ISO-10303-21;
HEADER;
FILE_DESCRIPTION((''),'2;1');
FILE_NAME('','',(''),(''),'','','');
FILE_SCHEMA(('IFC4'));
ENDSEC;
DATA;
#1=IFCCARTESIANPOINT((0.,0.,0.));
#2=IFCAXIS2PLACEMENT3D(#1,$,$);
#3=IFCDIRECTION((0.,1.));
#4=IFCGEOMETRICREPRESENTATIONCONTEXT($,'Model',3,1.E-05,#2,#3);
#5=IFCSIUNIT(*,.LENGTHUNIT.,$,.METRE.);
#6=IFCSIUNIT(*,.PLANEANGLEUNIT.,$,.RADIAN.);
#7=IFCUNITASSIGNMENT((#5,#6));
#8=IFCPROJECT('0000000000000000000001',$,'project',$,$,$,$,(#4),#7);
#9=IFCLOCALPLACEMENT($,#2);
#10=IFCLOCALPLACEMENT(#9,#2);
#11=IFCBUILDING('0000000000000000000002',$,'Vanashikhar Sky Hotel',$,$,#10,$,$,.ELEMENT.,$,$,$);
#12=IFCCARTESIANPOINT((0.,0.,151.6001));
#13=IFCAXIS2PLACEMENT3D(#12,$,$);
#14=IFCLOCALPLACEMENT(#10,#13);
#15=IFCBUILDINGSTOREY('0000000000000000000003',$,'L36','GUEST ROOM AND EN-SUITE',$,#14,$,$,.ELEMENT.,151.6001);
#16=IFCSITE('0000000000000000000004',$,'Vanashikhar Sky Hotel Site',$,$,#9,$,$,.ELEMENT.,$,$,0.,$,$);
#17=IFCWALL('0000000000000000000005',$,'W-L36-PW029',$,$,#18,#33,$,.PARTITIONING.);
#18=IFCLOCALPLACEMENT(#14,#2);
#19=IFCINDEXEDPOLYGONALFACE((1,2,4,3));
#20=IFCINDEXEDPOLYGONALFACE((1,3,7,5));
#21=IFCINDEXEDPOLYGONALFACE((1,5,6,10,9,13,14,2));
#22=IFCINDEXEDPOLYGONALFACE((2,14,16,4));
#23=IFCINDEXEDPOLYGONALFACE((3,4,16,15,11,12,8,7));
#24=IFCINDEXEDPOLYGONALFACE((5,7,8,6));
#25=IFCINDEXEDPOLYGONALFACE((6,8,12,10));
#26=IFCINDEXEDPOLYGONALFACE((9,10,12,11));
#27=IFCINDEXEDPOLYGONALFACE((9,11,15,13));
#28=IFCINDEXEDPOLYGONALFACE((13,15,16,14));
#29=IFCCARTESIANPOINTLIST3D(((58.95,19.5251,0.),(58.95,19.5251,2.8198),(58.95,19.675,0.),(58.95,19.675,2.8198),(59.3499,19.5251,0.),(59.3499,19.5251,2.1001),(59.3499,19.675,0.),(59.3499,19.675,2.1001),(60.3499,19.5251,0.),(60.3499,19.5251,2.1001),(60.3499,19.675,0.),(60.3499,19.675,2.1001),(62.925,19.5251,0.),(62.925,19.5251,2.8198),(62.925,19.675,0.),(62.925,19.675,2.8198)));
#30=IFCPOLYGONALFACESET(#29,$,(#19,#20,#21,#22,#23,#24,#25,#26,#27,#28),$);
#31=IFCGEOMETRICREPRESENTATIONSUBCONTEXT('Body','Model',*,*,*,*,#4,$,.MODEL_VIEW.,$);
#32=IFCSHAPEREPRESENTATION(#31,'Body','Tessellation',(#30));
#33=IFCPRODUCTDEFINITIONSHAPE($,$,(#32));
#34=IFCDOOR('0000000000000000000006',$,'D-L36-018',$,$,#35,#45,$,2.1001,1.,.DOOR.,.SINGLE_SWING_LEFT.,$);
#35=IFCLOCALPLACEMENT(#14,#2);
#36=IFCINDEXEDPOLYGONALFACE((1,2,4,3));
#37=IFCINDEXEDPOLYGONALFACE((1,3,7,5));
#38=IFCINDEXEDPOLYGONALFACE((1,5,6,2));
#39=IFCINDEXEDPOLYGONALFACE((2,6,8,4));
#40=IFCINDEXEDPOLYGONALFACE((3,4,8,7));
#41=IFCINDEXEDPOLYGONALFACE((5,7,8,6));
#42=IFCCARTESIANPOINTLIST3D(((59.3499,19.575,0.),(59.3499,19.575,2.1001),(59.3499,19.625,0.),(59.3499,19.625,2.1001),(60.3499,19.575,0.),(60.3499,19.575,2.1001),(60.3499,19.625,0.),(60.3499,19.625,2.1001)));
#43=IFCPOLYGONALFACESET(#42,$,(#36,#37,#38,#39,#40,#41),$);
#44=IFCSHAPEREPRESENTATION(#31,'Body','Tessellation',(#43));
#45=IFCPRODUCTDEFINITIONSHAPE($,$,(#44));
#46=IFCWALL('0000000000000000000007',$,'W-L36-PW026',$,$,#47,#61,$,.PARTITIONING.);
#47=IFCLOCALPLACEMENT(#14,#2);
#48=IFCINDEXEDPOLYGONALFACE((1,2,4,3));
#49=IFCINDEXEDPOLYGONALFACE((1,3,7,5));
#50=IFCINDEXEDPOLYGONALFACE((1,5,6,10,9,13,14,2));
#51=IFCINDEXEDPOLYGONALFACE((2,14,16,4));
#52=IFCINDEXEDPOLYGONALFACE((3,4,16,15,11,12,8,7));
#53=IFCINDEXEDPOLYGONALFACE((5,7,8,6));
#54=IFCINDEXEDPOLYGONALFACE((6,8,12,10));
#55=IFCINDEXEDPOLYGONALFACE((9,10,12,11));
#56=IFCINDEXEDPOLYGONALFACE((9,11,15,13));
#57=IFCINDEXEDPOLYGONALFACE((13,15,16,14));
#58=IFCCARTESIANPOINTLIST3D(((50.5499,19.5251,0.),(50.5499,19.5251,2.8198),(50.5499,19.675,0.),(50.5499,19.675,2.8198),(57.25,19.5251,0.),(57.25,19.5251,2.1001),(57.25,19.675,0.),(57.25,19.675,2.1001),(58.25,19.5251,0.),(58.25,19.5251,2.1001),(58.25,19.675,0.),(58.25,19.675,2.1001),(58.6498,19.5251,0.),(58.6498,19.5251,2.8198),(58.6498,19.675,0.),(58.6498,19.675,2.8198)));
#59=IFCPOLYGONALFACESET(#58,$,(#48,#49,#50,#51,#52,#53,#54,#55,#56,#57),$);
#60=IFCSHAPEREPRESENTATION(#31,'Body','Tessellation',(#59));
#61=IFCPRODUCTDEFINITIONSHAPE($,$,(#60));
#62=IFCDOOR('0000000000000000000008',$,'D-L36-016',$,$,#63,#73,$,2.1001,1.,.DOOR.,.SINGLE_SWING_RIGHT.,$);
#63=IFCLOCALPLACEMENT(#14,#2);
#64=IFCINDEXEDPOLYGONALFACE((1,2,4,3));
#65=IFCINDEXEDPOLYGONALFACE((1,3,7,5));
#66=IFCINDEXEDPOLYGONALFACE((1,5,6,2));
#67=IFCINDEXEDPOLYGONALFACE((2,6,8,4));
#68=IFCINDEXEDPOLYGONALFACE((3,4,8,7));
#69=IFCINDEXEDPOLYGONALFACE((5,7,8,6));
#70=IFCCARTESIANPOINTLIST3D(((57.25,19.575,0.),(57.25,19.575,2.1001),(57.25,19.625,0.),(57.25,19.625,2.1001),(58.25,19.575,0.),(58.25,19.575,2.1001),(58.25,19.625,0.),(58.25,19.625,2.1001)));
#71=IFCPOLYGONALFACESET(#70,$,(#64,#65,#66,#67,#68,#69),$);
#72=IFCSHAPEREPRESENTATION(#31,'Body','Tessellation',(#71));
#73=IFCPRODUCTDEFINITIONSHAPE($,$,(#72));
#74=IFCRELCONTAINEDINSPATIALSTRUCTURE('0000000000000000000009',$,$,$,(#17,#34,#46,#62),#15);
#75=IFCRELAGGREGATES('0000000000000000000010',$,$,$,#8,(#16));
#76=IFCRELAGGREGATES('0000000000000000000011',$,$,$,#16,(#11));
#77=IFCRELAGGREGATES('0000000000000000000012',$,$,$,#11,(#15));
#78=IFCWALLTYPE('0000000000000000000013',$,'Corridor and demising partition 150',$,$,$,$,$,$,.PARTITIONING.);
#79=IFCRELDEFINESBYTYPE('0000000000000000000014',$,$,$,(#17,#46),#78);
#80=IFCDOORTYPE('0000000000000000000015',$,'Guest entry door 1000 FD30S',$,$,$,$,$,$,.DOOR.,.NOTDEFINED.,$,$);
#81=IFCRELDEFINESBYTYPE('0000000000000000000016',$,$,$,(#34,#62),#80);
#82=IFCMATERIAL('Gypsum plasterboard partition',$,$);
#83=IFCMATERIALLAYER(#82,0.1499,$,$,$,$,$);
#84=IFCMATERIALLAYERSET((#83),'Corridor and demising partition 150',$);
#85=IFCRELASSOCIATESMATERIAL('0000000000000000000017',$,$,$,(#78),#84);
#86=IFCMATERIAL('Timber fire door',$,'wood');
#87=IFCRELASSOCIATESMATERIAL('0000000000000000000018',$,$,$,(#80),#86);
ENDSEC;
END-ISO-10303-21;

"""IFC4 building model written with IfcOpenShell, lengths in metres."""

from ifc_helpers import new_model, si_unit, direction, frame, frame_2d, origin, place, context, subcontext, project, spatial, rectangle, extrude, source, transform, mapped, material, layer, layer_set, type_object, element, fill, save


model = new_model("IFC4")

# Units and contexts
model_context = context("Model", 3, precision=1e-05, world=origin(), true_north=direction((0.0, 1.0)))
body_context = subcontext(model_context, "Body", "Model", "MODEL_VIEW")
ifc_project = project(units=[si_unit("LENGTHUNIT", "METRE"), si_unit("PLANEANGLEUNIT", "RADIAN")], contexts=[model_context])

# Site, building, storey
site_placement = place(None, origin())
site = spatial("IfcSite", under=ifc_project, at=site_placement, Name="Vanashikhar Sky Hotel Site", CompositionType="ELEMENT", RefElevation=0.0)
building_placement = place(site_placement, origin())
building = spatial("IfcBuilding", under=site, at=building_placement, Name="Vanashikhar Sky Hotel", CompositionType="ELEMENT")
storey_placement = place(building_placement, frame((0.0, 0.0, 151.6001)))
storey = spatial("IfcBuildingStorey", under=building, at=storey_placement, Name="L36", Description="GUEST ROOM AND EN-SUITE", CompositionType="ELEMENT", Elevation=151.6001)

# Shared definitions
ifc_material_1 = material(Name="Gypsum plasterboard partition")

# Walls, openings, doors
ifc_layer_1 = layer(ifc_material_1, 0.1499)
ifc_layer_set_1 = layer_set([ifc_layer_1], Name="Corridor and demising partition 150")
wall_type_1 = type_object("IfcWallType", Name="Corridor and demising partition 150", PredefinedType="PARTITIONING", material=ifc_layer_set_1)
shared_shape_1 = source(origin(), body_context, "Body", "SweptSolid", [
    extrude(rectangle(XDim=3.9751, YDim=0.1499, at=frame_2d((1.9875, 0.0))), origin(), (0.0, 0.0, 1.0), 2.8198),
])
wall_1_placement = place(storey_placement, frame((58.95, 19.6001, 0.0), z_axis=(0.0, 0.0, 1.0), x_axis=(1.0, 0.0, 0.0)))
wall_1 = element("IfcWall", 1, at=wall_1_placement, inside=storey, type_object=wall_type_1, Name="W-L36-PW029", PredefinedType="PARTITIONING", context=body_context, shape_type="MappedRepresentation", body=[
    mapped(shared_shape_1, transform((0.0, 0.0, 0.0), scale=1.0)),
])
shared_shape_2 = source(origin(), body_context, "Body", "SweptSolid", [
    extrude(rectangle(XDim=1.0, YDim=2.1001, at=frame_2d((0.5, 1.05))), frame((0.0, 0.085, 0.0), z_axis=(0.0, -1.0, 0.0), x_axis=(1.0, 0.0, 0.0)), (0.0, 0.0, 1.0), 0.1699),
])
opening_1_placement = place(wall_1_placement, frame((0.3999, 0.0, 0.0)))
opening_1 = element("IfcOpeningElement", 2, at=opening_1_placement, cuts=wall_1, PredefinedType="OPENING", context=body_context, shape_type="MappedRepresentation", body=[
    mapped(shared_shape_2, transform((0.0, 0.0, 0.0), scale=1.0)),
])
ifc_material_2 = material(Name="Timber fire door", Category="wood")
door_type_1 = type_object("IfcDoorType", Name="Guest entry door 1000 FD30S", OperationType="NOTDEFINED", PredefinedType="DOOR", material=ifc_material_2)
shared_shape_3 = source(origin(), body_context, "Body", "SweptSolid", [
    extrude(rectangle(XDim=1.0, YDim=2.1001, at=frame_2d((0.5, 1.05))), frame((0.0, 0.0249, 0.0), z_axis=(0.0, -1.0, 0.0), x_axis=(1.0, 0.0, 0.0)), (0.0, 0.0, 1.0), 0.05),
])
door_1_placement = place(opening_1_placement, origin())
door_1 = element("IfcDoor", 3, at=door_1_placement, inside=storey, type_object=door_type_1, Name="D-L36-018", OperationType="SINGLE_SWING_LEFT", OverallHeight=2.1001, OverallWidth=1.0, PredefinedType="DOOR", context=body_context, shape_type="MappedRepresentation", body=[
    mapped(shared_shape_3, transform((0.0, 0.0, 0.0), scale=1.0)),
])
fill(opening_1, door_1)
shared_shape_4 = source(origin(), body_context, "Body", "SweptSolid", [
    extrude(rectangle(XDim=8.0999, YDim=0.1499, at=frame_2d((4.0498, 0.0))), origin(), (0.0, 0.0, 1.0), 2.8198),
])
wall_2_placement = place(storey_placement, frame((50.55, 19.6001, 0.0), z_axis=(0.0, 0.0, 1.0), x_axis=(1.0, 0.0, 0.0)))
wall_2 = element("IfcWall", 4, at=wall_2_placement, inside=storey, type_object=wall_type_1, Name="W-L36-PW026", PredefinedType="PARTITIONING", context=body_context, shape_type="MappedRepresentation", body=[
    mapped(shared_shape_4, transform((0.0, 0.0, 0.0), scale=1.0)),
])
opening_2_placement = place(wall_2_placement, frame((6.7, 0.0, 0.0)))
opening_2 = element("IfcOpeningElement", 5, at=opening_2_placement, cuts=wall_2, PredefinedType="OPENING", context=body_context, shape_type="MappedRepresentation", body=[
    mapped(shared_shape_2, transform((0.0, 0.0, 0.0), scale=1.0)),
])
door_2_placement = place(opening_2_placement, origin())
door_2 = element("IfcDoor", 6, at=door_2_placement, inside=storey, type_object=door_type_1, Name="D-L36-016", OperationType="SINGLE_SWING_RIGHT", OverallHeight=2.1001, OverallWidth=1.0, PredefinedType="DOOR", context=body_context, shape_type="MappedRepresentation", body=[
    mapped(shared_shape_3, transform((0.0, 0.0, 0.0), scale=1.0)),
])
fill(opening_2, door_2)

save(model, "model.ifc")
